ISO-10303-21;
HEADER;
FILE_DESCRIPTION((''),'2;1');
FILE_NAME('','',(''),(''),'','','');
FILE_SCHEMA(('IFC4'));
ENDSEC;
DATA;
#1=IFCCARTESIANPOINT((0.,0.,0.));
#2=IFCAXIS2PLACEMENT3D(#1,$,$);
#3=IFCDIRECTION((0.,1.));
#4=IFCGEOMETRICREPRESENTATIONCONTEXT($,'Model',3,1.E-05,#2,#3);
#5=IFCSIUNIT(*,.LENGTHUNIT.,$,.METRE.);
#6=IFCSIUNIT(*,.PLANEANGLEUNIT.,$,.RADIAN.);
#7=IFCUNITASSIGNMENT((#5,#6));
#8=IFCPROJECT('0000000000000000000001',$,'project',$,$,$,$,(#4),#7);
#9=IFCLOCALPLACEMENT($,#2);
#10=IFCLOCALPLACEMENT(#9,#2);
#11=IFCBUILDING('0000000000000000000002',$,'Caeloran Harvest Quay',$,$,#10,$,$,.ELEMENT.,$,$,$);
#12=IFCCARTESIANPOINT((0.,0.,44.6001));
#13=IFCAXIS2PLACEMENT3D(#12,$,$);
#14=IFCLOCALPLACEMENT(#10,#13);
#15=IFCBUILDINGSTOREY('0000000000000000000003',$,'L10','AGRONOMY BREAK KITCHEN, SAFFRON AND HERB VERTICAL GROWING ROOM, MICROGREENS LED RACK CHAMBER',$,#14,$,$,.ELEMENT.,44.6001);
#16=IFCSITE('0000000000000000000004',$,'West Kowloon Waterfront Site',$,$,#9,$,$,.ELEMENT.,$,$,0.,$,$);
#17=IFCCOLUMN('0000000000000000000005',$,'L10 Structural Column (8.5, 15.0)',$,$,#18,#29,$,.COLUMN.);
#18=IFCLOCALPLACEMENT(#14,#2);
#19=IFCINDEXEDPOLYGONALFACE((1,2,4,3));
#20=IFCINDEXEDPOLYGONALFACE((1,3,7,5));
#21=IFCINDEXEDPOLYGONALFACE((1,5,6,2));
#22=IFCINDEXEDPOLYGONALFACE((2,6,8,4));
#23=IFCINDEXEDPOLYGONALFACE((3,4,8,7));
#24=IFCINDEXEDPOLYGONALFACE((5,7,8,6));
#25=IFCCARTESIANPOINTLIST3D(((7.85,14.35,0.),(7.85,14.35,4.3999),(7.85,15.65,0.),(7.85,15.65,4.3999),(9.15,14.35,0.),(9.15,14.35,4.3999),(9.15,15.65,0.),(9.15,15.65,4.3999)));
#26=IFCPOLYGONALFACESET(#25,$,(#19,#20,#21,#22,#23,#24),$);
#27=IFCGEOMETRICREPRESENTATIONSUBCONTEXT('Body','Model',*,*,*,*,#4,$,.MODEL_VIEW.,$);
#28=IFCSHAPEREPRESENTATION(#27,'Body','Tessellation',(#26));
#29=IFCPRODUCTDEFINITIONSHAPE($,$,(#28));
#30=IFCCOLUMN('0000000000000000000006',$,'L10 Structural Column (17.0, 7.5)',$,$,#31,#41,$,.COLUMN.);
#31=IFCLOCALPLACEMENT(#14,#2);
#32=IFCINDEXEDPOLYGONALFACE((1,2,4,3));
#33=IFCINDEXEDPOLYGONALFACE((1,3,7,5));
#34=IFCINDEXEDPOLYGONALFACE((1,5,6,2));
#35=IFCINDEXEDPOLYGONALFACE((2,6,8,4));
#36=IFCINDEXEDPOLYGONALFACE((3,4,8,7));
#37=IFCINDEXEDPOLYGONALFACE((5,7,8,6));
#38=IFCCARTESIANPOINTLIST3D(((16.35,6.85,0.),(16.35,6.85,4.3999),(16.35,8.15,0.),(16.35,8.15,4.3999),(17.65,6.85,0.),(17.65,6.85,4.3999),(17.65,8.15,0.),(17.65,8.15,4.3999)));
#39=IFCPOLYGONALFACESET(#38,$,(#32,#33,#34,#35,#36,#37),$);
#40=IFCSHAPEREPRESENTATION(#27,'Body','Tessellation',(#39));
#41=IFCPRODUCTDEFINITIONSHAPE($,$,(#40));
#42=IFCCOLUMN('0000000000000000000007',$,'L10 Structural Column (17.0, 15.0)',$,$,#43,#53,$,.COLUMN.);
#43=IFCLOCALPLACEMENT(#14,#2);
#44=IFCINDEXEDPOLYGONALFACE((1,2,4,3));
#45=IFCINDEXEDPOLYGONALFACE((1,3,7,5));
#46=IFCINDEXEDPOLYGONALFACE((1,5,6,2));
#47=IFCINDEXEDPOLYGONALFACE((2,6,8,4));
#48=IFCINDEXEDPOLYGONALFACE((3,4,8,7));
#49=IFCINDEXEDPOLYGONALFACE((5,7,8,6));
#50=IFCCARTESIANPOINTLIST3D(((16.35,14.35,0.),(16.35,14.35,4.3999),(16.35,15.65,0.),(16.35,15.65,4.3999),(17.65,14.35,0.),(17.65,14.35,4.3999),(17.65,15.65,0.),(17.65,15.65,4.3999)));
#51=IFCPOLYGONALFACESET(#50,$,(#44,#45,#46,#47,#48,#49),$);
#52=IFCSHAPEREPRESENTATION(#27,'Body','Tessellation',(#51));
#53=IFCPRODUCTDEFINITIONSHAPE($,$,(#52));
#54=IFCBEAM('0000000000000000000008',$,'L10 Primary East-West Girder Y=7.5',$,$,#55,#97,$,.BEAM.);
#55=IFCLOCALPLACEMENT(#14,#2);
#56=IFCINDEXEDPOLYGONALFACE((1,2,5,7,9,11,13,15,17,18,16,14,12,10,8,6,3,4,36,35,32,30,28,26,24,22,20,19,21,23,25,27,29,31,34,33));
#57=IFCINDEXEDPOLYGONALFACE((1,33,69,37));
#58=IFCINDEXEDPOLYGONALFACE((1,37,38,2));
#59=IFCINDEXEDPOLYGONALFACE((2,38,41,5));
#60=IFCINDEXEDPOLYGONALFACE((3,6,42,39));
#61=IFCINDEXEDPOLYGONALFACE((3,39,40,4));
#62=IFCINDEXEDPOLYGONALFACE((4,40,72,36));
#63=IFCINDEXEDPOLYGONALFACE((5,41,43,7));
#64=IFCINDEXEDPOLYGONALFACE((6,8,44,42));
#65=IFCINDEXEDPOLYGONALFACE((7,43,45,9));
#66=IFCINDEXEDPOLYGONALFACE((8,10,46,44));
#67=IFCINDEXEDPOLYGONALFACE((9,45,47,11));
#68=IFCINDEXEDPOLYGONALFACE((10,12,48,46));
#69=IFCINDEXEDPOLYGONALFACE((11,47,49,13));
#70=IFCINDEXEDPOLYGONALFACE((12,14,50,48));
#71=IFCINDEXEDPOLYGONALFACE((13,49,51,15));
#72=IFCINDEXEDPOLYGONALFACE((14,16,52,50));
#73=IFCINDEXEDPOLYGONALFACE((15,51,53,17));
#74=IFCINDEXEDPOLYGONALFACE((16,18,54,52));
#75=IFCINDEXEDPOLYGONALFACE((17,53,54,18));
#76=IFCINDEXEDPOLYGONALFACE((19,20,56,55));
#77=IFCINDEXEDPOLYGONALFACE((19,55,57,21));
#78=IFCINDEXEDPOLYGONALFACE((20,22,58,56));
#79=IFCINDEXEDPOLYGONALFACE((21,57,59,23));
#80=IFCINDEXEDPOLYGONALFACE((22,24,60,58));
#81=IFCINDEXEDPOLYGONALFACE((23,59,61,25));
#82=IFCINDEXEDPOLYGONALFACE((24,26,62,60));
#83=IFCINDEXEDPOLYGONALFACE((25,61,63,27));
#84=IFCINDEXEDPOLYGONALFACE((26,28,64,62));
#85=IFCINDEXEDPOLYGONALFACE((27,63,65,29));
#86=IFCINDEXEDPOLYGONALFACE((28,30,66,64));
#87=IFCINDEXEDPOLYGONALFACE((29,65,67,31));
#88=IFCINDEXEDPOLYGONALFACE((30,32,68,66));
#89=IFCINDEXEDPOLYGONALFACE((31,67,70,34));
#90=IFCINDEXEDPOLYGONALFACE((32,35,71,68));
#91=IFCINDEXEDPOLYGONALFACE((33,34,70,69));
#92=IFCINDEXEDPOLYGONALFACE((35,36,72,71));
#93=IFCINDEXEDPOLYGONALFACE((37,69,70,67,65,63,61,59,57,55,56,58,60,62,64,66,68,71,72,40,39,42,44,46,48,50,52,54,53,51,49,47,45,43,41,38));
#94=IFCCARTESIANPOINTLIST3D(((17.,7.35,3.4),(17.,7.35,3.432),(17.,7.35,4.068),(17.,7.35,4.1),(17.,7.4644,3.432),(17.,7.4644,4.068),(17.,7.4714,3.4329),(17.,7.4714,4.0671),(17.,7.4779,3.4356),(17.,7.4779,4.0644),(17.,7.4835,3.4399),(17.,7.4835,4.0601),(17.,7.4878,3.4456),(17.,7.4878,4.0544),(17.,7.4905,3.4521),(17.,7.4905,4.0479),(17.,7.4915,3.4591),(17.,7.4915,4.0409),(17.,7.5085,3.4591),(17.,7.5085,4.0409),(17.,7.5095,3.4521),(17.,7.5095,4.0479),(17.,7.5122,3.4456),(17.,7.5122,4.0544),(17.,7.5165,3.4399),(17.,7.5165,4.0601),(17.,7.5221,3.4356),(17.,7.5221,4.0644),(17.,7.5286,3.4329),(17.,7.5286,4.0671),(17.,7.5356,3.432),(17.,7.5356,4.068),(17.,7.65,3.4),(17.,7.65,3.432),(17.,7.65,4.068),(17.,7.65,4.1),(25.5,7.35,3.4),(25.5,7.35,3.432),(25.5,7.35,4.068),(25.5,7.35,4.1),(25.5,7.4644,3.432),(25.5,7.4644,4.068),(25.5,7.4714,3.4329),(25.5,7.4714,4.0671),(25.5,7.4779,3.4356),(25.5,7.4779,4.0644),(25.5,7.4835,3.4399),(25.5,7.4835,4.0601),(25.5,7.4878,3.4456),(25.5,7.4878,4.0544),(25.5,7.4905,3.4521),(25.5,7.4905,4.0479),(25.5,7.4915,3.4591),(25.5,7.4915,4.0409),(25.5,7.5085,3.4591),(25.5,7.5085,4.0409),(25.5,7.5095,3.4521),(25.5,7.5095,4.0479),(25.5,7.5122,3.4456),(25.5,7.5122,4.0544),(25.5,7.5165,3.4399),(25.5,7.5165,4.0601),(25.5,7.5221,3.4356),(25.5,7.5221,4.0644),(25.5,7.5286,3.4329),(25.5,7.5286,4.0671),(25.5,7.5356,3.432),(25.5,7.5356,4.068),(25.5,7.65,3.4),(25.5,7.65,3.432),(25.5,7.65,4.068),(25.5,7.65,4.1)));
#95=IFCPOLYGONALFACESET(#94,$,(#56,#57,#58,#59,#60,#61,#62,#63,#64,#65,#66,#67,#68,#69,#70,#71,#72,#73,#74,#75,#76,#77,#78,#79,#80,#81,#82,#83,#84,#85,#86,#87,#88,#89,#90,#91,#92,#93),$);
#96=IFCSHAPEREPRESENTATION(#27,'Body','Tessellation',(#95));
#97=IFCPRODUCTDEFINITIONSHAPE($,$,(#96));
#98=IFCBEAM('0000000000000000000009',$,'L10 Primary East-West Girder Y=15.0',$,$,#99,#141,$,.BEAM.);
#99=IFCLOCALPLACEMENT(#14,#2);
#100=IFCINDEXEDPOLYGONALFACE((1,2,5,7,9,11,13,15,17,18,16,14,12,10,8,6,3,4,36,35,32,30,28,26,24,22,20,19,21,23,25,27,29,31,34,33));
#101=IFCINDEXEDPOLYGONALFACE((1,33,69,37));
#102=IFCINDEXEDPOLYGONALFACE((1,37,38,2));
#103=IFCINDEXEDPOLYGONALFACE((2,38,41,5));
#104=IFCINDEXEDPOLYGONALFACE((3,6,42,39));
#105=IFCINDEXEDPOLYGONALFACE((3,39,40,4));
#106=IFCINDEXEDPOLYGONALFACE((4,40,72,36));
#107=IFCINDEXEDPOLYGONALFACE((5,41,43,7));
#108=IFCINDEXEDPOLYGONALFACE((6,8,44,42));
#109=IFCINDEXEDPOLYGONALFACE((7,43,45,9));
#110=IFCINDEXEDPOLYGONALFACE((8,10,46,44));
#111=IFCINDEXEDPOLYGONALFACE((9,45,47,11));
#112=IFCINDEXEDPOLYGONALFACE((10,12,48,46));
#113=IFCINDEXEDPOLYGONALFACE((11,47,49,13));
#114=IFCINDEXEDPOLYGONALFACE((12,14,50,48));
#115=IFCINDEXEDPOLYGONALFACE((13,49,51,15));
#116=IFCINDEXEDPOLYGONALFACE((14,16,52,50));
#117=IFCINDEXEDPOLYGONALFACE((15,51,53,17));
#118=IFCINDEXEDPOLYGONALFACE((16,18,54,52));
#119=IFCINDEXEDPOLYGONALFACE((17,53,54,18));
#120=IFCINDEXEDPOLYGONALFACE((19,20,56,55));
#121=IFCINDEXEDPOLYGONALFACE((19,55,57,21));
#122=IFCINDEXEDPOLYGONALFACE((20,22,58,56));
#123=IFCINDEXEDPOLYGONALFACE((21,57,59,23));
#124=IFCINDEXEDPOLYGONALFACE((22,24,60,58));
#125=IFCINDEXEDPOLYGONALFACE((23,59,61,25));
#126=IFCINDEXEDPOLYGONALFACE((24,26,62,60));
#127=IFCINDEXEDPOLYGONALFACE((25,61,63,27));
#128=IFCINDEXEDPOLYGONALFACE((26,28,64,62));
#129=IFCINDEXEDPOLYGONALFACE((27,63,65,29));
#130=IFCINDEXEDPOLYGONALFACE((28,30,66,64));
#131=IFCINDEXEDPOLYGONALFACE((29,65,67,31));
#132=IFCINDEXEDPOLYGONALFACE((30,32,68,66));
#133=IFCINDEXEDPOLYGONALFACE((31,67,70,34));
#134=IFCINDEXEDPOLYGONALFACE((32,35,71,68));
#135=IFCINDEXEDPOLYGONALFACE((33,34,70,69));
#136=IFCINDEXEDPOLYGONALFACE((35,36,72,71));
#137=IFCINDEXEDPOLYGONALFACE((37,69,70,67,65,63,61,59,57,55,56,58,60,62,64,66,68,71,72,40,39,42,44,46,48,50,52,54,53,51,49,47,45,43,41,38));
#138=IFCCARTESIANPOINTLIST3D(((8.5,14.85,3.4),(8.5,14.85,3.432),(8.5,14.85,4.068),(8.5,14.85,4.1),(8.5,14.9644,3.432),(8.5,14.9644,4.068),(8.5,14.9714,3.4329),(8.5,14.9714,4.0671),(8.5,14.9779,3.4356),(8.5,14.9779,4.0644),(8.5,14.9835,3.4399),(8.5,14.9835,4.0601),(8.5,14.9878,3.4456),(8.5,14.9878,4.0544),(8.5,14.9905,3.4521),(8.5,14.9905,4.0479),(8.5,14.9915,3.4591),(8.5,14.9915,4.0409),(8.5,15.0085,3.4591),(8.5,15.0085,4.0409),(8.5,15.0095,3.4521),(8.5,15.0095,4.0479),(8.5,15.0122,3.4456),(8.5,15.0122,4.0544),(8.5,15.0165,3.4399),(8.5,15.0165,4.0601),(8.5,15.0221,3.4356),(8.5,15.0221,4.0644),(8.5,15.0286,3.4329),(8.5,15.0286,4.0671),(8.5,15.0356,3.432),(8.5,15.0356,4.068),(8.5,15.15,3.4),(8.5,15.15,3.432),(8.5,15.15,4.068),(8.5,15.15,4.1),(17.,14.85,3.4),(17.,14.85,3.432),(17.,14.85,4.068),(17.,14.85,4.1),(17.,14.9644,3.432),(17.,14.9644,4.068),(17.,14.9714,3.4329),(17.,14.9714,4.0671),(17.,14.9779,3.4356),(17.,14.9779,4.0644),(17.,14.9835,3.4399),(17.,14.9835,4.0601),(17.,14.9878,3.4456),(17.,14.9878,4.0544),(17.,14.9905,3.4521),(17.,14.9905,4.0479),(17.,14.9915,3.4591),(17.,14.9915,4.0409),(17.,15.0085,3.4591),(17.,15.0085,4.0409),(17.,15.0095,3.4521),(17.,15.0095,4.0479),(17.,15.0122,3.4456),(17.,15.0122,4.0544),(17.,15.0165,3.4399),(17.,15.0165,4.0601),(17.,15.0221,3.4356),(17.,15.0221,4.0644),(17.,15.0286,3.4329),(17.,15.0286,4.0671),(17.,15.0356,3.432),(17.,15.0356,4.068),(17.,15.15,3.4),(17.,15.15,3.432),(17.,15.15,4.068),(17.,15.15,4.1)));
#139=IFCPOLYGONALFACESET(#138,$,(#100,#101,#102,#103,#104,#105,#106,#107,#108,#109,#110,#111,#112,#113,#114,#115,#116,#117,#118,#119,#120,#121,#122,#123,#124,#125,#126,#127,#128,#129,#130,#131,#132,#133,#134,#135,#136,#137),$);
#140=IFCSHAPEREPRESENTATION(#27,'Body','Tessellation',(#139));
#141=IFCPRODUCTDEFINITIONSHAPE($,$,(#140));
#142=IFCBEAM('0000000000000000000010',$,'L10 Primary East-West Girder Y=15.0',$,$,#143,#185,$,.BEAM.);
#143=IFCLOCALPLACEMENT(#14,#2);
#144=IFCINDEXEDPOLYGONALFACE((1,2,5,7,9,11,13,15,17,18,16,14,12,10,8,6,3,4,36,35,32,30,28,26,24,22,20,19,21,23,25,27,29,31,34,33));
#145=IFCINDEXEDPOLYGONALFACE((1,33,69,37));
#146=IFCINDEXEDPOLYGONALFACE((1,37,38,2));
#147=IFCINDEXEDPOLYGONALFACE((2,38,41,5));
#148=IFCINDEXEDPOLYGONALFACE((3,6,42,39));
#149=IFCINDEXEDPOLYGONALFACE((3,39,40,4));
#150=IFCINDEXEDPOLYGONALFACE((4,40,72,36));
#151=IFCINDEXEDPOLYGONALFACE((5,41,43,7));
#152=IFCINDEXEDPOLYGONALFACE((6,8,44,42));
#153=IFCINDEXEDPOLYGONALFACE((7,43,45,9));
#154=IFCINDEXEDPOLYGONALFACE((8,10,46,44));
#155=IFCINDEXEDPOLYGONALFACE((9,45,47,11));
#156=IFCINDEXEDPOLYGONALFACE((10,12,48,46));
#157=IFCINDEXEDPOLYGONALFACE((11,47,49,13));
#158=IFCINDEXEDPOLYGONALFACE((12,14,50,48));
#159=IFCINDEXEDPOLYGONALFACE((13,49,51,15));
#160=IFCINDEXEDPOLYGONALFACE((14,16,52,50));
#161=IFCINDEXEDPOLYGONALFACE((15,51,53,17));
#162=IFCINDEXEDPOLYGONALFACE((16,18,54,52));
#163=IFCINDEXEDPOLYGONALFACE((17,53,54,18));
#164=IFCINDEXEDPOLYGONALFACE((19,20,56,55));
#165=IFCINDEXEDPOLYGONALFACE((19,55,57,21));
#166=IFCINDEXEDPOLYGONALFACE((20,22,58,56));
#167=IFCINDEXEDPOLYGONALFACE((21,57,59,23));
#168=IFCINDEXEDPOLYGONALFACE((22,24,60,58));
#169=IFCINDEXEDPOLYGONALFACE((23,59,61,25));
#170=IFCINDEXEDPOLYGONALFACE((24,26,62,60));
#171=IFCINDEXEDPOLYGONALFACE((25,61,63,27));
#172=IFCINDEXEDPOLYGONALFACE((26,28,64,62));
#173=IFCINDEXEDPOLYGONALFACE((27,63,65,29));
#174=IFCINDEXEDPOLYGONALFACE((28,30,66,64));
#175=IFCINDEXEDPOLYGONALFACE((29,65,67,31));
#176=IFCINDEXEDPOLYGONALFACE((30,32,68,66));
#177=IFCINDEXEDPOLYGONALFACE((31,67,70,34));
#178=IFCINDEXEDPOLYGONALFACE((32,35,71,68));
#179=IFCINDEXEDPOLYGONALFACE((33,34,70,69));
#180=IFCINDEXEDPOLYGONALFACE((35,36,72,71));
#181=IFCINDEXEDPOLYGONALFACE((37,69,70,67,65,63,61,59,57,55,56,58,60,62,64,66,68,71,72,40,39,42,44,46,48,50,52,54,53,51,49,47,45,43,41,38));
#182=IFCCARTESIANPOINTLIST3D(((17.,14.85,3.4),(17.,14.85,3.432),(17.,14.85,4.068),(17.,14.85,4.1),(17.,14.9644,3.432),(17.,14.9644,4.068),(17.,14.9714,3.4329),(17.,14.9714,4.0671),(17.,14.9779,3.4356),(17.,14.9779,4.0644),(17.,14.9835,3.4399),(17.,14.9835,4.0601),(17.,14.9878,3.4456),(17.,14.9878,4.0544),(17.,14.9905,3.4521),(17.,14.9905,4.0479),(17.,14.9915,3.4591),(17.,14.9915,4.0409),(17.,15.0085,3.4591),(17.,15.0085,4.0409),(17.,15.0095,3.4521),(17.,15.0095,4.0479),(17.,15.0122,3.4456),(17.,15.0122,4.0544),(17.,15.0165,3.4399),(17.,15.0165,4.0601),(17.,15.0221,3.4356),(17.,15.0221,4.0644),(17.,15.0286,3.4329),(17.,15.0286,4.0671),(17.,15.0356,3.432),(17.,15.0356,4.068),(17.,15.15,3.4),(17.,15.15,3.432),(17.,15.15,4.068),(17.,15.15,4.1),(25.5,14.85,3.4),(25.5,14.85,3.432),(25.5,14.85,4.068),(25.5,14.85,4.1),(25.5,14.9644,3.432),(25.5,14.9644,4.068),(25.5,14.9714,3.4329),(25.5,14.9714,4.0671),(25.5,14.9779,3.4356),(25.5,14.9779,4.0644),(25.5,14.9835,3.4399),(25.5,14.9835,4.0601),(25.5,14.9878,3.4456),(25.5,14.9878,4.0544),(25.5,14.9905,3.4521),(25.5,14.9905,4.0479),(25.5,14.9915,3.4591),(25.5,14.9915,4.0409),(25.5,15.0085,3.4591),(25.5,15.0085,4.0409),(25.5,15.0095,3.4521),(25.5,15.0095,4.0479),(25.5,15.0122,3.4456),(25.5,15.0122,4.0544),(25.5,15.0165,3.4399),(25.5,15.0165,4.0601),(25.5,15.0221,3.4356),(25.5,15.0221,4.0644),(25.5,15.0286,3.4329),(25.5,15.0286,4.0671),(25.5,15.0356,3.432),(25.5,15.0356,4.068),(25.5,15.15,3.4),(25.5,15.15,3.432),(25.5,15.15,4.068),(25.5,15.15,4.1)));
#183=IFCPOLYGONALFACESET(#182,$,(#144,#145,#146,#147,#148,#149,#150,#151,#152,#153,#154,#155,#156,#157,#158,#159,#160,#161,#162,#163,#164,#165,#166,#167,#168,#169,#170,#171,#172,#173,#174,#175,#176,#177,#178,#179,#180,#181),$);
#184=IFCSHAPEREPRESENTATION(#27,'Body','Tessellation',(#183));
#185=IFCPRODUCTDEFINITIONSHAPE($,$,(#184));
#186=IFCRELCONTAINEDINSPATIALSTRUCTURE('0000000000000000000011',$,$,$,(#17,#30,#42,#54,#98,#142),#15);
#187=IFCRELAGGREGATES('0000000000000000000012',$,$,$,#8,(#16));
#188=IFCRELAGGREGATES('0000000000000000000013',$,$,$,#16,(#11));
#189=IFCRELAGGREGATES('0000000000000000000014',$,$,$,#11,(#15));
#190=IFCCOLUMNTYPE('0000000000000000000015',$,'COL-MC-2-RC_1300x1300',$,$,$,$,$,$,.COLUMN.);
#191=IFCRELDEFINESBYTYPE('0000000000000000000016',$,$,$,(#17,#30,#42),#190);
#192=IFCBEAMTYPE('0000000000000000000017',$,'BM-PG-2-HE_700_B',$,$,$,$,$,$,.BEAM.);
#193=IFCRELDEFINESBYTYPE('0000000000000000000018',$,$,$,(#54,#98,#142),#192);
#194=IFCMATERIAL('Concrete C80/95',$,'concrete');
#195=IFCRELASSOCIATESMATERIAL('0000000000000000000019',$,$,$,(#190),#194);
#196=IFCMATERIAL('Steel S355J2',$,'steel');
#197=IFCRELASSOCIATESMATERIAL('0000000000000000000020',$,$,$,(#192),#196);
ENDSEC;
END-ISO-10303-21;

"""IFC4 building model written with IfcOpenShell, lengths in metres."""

from ifc_helpers import new_model, si_unit, direction, frame, origin, origin_2d, place, context, subcontext, project, spatial, rectangle, i_section, extrude, material, material_profile, profile_set, type_object, element, save


model = new_model("IFC4")

# Units and contexts
model_context = context("Model", 3, precision=1e-05, world=origin(), true_north=direction((0.0, 1.0)))
body_context = subcontext(model_context, "Body", "Model", "MODEL_VIEW")
ifc_project = project(units=[si_unit("LENGTHUNIT", "METRE"), si_unit("PLANEANGLEUNIT", "RADIAN")], contexts=[model_context])

# Site, building, storey
site_placement = place(None, origin())
site = spatial("IfcSite", under=ifc_project, at=site_placement, Name="West Kowloon Waterfront Site", CompositionType="ELEMENT", RefElevation=0.0)
building_placement = place(site_placement, origin())
building = spatial("IfcBuilding", under=site, at=building_placement, Name="Caeloran Harvest Quay", CompositionType="ELEMENT")
storey_placement = place(building_placement, frame((0.0, 0.0, 44.6001)))
storey = spatial("IfcBuildingStorey", under=building, at=storey_placement, Name="L10", Description="AGRONOMY BREAK KITCHEN, SAFFRON AND HERB VERTICAL GROWING ROOM, MICROGREENS LED RACK CHAMBER", CompositionType="ELEMENT", Elevation=44.6001)

# Columns
ifc_material_1 = material(Name="Concrete C80/95", Category="concrete")
ifc_material_profile_1 = material_profile(ifc_material_1, rectangle(XDim=1.3, YDim=1.3, at=origin_2d()), Name="RC 1300x1300")
ifc_profile_set_1 = profile_set([ifc_material_profile_1], Name="Concrete C80/95")
column_type = type_object("IfcColumnType", Name="COL-MC-2-RC_1300x1300", PredefinedType="COLUMN", material=ifc_profile_set_1)
for number, where, z_axis, x_axis, name in (
    (1, (8.5, 15.0, 0.0), (0.0, 0.0, 1.0), (1.0, 0.0, 0.0), "L10 Structural Column (8.5, 15.0)"),
    (2, (17.0, 7.5, 0.0), (0.0, 0.0, 1.0), (1.0, 0.0, 0.0), "L10 Structural Column (17.0, 7.5)"),
    (3, (17.0, 15.0, 0.0), (0.0, 0.0, 1.0), (1.0, 0.0, 0.0), "L10 Structural Column (17.0, 15.0)"),
):
    element("IfcColumn", number, at=place(storey_placement, frame(where, z_axis=z_axis, x_axis=x_axis)), inside=storey, type_object=column_type, Name=name, PredefinedType="COLUMN", context=body_context, shape_type="SweptSolid", body=[
        extrude(rectangle(XDim=1.3, YDim=1.3, at=origin_2d()), origin(), (0.0, 0.0, 1.0), 4.3999),
    ])

# Beams
ifc_material_2 = material(Name="Steel S355J2", Category="steel")
ifc_material_profile_2 = material_profile(ifc_material_2, i_section(OverallWidth=0.3, OverallDepth=0.7, WebThickness=0.0171, FlangeThickness=0.032, FilletRadius=0.0271, at=origin_2d()), Name="HE 700 B")
ifc_profile_set_2 = profile_set([ifc_material_profile_2], Name="Steel S355J2")
beam_type_1 = type_object("IfcBeamType", Name="BM-PG-2-HE_700_B", PredefinedType="BEAM", material=ifc_profile_set_2)
for number, where, z_axis, x_axis, name in (
    (4, (17.0, 7.5, 3.75), (1.0, 0.0, 0.0), (0.0, 1.0, 0.0), "L10 Primary East-West Girder Y=7.5"),
    (5, (8.5, 15.0, 3.75), (1.0, 0.0, 0.0), (0.0, 1.0, 0.0), "L10 Primary East-West Girder Y=15.0"),
    (6, (17.0, 15.0, 3.75), (1.0, 0.0, 0.0), (0.0, 1.0, 0.0), "L10 Primary East-West Girder Y=15.0"),
):
    element("IfcBeam", number, at=place(storey_placement, frame(where, z_axis=z_axis, x_axis=x_axis)), inside=storey, type_object=beam_type_1, Name=name, PredefinedType="BEAM", context=body_context, shape_type="SweptSolid", body=[
        extrude(i_section(OverallWidth=0.3, OverallDepth=0.7, WebThickness=0.0171, FlangeThickness=0.032, FilletRadius=0.0271, at=origin_2d()), origin(), (0.0, 0.0, 1.0), 8.5),
    ])

save(model, "model.ifc")
